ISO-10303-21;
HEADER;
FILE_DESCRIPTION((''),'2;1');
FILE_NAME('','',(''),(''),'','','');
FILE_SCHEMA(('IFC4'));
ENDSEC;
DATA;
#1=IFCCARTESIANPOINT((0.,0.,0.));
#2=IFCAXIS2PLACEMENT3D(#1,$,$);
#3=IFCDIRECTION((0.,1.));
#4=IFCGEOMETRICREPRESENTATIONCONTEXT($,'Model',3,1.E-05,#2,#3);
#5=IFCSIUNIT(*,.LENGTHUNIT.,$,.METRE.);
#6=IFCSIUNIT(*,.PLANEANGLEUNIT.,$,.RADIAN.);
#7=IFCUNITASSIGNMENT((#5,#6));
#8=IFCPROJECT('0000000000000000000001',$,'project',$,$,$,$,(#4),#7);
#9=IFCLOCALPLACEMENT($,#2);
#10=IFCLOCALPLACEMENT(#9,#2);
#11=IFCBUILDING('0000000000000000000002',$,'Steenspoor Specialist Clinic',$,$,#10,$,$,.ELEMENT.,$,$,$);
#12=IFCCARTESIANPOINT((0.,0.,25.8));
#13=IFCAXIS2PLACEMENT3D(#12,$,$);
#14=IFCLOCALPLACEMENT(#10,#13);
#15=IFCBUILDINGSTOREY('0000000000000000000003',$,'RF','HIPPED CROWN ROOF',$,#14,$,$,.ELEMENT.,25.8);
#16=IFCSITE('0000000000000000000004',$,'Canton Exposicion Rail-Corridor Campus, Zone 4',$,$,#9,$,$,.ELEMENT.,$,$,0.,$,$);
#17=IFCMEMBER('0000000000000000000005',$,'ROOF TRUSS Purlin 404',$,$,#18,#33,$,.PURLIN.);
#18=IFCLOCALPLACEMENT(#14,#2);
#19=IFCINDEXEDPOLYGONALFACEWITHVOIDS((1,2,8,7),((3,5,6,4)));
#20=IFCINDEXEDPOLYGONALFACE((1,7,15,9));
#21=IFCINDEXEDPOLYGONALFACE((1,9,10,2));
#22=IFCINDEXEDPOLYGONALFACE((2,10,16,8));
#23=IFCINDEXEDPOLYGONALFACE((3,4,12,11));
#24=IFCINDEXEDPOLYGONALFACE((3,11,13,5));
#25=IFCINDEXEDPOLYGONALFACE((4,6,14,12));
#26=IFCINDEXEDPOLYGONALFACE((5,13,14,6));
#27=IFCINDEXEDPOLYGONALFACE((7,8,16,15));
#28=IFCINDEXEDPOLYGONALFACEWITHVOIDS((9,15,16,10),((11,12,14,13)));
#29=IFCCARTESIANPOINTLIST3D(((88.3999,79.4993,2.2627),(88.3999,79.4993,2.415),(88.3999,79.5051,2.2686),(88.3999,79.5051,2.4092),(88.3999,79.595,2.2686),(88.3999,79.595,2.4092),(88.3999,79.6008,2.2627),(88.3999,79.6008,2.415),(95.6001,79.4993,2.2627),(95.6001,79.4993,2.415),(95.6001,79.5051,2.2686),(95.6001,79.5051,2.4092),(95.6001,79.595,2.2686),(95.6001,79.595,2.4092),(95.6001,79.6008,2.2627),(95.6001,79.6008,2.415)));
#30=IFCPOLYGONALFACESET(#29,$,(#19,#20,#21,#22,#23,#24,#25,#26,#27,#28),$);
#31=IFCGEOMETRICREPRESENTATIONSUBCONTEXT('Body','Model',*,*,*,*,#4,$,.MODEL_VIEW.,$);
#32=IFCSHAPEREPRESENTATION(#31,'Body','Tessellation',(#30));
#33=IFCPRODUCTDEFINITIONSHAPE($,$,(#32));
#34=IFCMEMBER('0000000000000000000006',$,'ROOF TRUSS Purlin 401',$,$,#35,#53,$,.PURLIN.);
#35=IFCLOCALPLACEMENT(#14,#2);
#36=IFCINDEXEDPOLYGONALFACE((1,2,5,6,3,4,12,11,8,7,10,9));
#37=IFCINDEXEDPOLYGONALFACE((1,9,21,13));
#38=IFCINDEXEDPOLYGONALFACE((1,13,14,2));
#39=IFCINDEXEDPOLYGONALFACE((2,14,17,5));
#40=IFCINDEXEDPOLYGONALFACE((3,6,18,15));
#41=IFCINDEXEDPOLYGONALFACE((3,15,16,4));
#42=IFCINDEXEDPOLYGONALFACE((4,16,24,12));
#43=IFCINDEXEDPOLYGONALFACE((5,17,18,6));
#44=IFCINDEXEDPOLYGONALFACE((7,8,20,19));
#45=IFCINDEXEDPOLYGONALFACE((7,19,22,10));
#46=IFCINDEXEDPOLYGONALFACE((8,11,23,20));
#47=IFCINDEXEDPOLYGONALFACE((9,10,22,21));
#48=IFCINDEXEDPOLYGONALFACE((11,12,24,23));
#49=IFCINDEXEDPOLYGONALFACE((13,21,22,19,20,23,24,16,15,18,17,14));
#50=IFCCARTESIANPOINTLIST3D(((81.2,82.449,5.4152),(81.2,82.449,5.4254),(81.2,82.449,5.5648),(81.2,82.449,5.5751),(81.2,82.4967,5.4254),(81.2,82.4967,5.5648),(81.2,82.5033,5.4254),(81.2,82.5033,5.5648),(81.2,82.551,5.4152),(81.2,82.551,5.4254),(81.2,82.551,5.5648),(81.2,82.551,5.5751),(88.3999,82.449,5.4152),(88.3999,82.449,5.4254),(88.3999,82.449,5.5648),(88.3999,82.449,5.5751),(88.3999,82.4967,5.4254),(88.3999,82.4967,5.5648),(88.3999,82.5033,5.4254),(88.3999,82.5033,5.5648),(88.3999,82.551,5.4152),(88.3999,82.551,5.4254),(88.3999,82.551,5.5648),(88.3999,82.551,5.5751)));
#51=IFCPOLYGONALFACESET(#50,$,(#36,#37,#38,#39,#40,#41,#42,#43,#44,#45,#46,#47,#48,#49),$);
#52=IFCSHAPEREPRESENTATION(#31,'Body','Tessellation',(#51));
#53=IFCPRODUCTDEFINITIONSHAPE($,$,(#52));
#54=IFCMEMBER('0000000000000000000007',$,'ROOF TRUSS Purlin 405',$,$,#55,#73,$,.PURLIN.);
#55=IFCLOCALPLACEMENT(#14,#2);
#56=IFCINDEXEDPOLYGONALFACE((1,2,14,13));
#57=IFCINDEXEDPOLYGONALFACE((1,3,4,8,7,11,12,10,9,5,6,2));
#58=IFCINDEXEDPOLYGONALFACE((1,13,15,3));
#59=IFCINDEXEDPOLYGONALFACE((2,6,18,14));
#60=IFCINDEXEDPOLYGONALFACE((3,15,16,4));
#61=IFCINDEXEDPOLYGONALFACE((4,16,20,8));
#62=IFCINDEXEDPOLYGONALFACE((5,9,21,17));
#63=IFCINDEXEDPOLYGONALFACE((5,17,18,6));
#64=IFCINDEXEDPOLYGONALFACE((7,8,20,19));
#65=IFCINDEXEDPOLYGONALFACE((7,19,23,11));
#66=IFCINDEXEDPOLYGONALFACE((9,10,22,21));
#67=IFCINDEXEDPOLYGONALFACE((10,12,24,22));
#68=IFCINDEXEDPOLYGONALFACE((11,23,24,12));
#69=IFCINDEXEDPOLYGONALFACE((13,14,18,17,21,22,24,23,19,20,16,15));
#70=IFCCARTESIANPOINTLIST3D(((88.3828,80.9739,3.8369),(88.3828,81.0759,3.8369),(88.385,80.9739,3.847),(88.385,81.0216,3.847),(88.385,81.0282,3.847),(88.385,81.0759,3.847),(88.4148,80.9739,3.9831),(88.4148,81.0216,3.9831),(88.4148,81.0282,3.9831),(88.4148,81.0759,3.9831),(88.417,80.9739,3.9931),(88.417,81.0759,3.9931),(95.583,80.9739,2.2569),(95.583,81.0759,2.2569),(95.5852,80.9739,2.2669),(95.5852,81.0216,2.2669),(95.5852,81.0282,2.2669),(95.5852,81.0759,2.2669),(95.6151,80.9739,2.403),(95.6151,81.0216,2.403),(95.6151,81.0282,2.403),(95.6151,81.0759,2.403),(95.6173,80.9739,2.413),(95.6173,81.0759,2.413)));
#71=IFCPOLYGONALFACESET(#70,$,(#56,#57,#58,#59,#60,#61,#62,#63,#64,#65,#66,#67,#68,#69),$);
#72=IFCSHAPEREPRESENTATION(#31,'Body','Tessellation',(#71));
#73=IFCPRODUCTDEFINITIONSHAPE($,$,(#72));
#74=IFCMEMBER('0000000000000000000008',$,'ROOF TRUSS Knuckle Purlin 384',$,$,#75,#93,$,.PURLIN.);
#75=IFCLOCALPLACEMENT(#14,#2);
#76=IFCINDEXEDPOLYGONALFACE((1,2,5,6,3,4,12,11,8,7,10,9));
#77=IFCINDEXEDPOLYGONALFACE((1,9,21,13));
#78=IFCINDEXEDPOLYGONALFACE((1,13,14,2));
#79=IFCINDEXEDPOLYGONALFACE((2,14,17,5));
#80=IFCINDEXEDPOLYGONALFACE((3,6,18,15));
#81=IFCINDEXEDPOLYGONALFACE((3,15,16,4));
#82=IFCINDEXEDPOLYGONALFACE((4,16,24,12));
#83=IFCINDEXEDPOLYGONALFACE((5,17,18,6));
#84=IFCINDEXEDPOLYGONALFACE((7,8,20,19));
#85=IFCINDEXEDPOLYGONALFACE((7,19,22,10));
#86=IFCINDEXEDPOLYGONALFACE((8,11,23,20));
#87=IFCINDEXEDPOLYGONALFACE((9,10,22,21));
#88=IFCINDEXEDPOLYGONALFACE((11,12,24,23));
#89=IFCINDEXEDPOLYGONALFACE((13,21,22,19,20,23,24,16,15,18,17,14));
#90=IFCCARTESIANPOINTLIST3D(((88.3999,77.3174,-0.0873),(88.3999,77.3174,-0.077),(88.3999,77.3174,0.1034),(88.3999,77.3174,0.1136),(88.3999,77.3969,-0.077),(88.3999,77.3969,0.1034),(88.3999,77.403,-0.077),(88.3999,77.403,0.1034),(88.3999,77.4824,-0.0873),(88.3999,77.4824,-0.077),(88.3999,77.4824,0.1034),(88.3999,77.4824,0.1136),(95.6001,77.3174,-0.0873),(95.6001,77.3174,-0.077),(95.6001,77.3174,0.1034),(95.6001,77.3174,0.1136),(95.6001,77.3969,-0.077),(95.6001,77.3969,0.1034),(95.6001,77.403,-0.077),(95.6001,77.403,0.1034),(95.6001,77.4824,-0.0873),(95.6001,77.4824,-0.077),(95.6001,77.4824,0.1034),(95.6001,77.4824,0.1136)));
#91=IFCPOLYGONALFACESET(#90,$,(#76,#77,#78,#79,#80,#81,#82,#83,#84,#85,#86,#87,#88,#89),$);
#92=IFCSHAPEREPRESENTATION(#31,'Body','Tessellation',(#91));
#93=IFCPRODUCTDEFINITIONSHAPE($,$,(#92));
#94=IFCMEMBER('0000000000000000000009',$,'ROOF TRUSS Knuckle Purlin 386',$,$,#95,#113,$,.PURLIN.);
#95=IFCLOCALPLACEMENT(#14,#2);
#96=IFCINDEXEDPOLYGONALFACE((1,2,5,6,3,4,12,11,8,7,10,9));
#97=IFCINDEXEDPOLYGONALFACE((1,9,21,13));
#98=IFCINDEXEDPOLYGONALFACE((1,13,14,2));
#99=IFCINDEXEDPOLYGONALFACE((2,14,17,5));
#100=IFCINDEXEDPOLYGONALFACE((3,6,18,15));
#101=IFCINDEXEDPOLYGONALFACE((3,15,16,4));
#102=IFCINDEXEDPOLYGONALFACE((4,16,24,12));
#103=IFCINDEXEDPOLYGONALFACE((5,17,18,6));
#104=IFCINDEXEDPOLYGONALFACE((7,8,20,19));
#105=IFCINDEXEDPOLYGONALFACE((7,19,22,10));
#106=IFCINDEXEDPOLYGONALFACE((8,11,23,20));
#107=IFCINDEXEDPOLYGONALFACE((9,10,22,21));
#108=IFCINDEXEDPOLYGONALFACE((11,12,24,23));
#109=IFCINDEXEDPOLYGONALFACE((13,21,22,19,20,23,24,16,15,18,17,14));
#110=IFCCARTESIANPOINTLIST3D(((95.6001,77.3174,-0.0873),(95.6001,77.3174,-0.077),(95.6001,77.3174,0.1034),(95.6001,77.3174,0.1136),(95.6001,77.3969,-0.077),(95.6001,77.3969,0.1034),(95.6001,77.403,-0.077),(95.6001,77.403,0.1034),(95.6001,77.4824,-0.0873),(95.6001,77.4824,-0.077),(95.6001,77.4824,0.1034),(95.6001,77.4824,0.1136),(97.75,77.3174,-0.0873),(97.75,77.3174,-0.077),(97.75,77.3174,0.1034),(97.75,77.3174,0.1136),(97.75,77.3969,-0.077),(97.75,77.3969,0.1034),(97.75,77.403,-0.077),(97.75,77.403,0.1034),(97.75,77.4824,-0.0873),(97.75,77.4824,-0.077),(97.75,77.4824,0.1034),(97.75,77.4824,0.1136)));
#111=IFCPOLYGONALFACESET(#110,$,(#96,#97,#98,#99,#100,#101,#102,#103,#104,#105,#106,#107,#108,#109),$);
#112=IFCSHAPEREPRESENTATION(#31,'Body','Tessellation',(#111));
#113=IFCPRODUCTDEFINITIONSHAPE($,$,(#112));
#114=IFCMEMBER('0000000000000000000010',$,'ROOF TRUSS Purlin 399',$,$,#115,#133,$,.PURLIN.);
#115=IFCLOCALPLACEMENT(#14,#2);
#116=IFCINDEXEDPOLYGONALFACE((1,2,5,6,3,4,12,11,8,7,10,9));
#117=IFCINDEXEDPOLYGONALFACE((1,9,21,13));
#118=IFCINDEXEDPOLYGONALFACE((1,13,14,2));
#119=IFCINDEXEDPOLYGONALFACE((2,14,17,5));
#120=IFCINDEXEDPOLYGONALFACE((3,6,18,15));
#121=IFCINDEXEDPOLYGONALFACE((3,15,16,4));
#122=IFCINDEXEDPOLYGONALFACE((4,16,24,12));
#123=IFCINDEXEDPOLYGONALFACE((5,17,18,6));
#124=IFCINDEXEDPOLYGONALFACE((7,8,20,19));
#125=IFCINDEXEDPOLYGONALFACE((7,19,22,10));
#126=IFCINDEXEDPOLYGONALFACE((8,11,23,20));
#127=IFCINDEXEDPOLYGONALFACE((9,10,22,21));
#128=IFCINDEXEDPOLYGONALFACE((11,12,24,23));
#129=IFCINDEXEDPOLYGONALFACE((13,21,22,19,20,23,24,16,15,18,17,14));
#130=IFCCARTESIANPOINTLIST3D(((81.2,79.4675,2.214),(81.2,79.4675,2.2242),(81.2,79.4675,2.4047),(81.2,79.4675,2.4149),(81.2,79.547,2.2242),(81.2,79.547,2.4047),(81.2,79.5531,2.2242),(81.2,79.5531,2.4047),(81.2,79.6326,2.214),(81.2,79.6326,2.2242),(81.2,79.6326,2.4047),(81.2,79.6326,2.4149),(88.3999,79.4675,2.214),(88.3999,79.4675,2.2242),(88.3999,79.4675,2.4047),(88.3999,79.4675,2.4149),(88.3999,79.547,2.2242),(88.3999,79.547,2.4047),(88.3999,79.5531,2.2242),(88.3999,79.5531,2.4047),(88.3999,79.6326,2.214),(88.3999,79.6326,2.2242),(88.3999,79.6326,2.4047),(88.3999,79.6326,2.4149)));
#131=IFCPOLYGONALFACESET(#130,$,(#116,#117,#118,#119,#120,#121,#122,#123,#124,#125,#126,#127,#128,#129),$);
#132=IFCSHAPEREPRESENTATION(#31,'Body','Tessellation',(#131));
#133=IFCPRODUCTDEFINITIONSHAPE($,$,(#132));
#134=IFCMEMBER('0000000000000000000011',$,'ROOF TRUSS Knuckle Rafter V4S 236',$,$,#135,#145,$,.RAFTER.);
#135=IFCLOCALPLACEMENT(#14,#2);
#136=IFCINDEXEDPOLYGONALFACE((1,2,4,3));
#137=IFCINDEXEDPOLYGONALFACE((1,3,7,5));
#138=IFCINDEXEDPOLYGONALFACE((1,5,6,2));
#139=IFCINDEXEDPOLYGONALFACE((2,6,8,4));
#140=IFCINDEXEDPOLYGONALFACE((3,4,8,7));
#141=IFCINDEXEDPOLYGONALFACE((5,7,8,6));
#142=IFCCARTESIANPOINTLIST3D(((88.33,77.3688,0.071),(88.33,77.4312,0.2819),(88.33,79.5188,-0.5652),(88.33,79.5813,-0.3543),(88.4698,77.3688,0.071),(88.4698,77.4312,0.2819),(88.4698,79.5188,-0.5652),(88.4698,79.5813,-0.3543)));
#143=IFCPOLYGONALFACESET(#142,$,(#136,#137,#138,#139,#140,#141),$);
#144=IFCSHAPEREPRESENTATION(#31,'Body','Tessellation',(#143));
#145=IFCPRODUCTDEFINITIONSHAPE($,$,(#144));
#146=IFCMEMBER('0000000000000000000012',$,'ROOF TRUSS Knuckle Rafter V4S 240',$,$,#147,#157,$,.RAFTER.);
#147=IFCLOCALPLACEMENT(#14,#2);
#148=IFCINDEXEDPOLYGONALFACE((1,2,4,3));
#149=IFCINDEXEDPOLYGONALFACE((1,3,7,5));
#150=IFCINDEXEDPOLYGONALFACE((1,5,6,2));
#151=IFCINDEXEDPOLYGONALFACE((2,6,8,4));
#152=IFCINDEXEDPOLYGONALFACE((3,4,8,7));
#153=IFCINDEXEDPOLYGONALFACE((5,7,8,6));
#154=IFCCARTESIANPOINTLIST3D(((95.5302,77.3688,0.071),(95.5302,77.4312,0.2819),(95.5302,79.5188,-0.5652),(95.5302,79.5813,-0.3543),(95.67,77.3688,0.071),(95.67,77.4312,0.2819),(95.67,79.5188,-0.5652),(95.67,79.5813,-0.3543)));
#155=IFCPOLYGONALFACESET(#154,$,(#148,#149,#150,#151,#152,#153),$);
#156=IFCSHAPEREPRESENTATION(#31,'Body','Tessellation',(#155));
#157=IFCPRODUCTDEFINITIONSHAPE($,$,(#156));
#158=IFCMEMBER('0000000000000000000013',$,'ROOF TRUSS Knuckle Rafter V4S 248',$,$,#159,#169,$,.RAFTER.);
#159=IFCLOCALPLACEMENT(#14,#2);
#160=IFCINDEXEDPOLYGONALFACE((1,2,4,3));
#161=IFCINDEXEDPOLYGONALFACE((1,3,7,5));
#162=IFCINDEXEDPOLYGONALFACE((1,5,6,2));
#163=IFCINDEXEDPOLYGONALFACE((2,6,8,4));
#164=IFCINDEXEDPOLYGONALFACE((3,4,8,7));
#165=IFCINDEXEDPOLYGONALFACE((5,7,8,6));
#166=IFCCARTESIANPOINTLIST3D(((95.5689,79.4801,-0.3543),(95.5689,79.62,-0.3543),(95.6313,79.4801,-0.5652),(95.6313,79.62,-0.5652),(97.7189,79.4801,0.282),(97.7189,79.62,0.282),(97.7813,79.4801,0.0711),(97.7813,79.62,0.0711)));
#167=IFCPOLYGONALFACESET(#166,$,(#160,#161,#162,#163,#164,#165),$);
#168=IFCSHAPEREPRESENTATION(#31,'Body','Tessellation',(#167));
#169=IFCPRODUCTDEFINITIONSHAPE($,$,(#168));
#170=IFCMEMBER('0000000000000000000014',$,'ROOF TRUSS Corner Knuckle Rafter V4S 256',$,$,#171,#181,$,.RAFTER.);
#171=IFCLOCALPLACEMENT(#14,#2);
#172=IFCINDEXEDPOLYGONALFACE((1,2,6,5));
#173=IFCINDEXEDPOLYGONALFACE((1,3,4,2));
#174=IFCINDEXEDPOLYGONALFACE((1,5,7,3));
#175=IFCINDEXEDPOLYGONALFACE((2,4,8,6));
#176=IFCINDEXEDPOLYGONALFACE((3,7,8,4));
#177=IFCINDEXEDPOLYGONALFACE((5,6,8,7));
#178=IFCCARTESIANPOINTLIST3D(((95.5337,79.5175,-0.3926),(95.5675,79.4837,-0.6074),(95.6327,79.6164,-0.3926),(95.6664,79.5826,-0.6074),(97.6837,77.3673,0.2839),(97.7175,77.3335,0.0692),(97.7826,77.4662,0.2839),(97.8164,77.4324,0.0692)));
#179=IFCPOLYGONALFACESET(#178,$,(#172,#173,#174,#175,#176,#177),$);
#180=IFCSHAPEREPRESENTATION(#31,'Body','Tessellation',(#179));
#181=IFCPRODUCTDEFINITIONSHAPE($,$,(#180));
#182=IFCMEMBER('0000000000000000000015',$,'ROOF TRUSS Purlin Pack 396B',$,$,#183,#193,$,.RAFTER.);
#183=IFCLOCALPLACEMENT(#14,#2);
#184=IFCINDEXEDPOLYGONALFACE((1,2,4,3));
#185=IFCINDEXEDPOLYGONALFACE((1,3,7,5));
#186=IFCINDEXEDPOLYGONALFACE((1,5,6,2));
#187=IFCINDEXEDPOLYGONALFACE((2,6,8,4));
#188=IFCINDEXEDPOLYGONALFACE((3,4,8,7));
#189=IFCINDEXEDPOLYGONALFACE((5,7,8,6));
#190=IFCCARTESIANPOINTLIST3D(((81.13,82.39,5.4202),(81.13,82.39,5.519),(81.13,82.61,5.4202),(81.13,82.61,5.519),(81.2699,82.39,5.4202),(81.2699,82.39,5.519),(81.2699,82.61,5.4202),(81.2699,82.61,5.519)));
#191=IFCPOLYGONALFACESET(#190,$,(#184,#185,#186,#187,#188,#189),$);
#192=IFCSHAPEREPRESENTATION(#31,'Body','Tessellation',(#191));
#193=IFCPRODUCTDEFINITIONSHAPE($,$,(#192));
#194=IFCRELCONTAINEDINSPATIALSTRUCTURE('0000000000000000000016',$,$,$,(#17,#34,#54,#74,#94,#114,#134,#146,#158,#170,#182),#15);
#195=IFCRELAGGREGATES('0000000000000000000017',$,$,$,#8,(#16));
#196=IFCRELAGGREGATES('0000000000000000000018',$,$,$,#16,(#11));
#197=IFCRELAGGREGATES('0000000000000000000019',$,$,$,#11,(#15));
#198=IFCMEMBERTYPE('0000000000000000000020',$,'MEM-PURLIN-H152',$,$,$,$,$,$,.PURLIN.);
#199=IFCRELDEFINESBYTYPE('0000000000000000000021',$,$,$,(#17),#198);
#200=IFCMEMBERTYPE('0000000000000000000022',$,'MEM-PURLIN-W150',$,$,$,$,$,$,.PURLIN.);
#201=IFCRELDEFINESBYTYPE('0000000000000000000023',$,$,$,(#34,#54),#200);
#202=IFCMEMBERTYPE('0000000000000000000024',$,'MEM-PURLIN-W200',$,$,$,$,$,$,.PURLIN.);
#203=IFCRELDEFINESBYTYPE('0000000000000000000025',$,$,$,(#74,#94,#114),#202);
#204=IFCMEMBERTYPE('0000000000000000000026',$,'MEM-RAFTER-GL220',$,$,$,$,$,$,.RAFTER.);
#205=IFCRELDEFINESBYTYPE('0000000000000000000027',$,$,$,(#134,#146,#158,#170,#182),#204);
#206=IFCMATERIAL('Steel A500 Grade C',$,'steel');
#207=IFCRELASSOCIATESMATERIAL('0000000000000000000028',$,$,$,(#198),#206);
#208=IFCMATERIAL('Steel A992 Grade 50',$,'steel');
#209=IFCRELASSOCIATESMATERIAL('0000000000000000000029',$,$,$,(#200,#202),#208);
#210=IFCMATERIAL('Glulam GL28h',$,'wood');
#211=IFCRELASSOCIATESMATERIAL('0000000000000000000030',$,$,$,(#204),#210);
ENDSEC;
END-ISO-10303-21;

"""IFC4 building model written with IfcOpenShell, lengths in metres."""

from ifc_helpers import new_model, si_unit, direction, frame, origin, origin_2d, place, context, subcontext, project, spatial, rectangle, hollow_rectangle, i_section, extrude, material, material_profile, profile_set, type_object, element, save


model = new_model("IFC4")

# Units and contexts
model_context = context("Model", 3, precision=1e-05, world=origin(), true_north=direction((0.0, 1.0)))
body_context = subcontext(model_context, "Body", "Model", "MODEL_VIEW")
ifc_project = project(units=[si_unit("LENGTHUNIT", "METRE"), si_unit("PLANEANGLEUNIT", "RADIAN")], contexts=[model_context])

# Site, building, storey
site_placement = place(None, origin())
site = spatial("IfcSite", under=ifc_project, at=site_placement, Name="Canton Exposicion Rail-Corridor Campus, Zone 4", CompositionType="ELEMENT", RefElevation=0.0)
building_placement = place(site_placement, origin())
building = spatial("IfcBuilding", under=site, at=building_placement, Name="Steenspoor Specialist Clinic", CompositionType="ELEMENT")
storey_placement = place(building_placement, frame((0.0, 0.0, 25.8)))
storey = spatial("IfcBuildingStorey", under=building, at=storey_placement, Name="RF", Description="HIPPED CROWN ROOF", CompositionType="ELEMENT", Elevation=25.8)

# Shared definitions
ifc_material_1 = material(Name="Steel A992 Grade 50", Category="steel")

# Members
ifc_material_2 = material(Name="Steel A500 Grade C", Category="steel")
ifc_material_profile_1 = material_profile(ifc_material_2, hollow_rectangle(XDim=0.1016, YDim=0.1523, WallThickness=0.0059, at=origin_2d()), Name="HSS152X102X6.4")
ifc_profile_set_1 = profile_set([ifc_material_profile_1], Name="Steel A500 Grade C")
member_type_1 = type_object("IfcMemberType", Name="MEM-PURLIN-H152", PredefinedType="PURLIN", material=ifc_profile_set_1)
member_1_placement = place(storey_placement, frame((88.3999, 79.55, 2.3389), z_axis=(1.0, 0.0, 0.0), x_axis=(0.0, 1.0, 0.0)))
element("IfcMember", 1, at=member_1_placement, inside=storey, type_object=member_type_1, Name="ROOF TRUSS Purlin 404", PredefinedType="PURLIN", context=body_context, shape_type="SweptSolid", body=[
    extrude(hollow_rectangle(XDim=0.1016, YDim=0.1523, WallThickness=0.0059, at=origin_2d()), origin(), (0.0, 0.0, 1.0), 7.2002),
])
ifc_material_profile_2 = material_profile(ifc_material_1, i_section(OverallWidth=0.1021, OverallDepth=0.1599, WebThickness=0.0066, FlangeThickness=0.0103, at=origin_2d()), Name="W150X24")
ifc_profile_set_2 = profile_set([ifc_material_profile_2], Name="Steel A992 Grade 50")
member_type_2 = type_object("IfcMemberType", Name="MEM-PURLIN-W150", PredefinedType="PURLIN", material=ifc_profile_set_2)
member_2_placement = place(storey_placement, frame((81.2, 82.5, 5.4951), z_axis=(1.0, 0.0, 0.0), x_axis=(0.0, 1.0, 0.0)))
element("IfcMember", 2, at=member_2_placement, inside=storey, type_object=member_type_2, Name="ROOF TRUSS Purlin 401", PredefinedType="PURLIN", context=body_context, shape_type="SweptSolid", body=[
    extrude(i_section(OverallWidth=0.1021, OverallDepth=0.1599, WebThickness=0.0066, FlangeThickness=0.0103, at=origin_2d()), origin(), (0.0, 0.0, 1.0), 7.2),
])
member_3_placement = place(storey_placement, frame((88.3999, 81.0249, 3.915), z_axis=(0.976757, 0.0, -0.214349), x_axis=(0.0, 1.0, 0.0)))
element("IfcMember", 3, at=member_3_placement, inside=storey, type_object=member_type_2, Name="ROOF TRUSS Purlin 405", PredefinedType="PURLIN", context=body_context, shape_type="SweptSolid", body=[
    extrude(i_section(OverallWidth=0.1021, OverallDepth=0.1599, WebThickness=0.0066, FlangeThickness=0.0103, at=origin_2d()), origin(), (0.0, 0.0, 1.0), 7.3716),
])
ifc_material_profile_3 = material_profile(ifc_material_1, i_section(OverallWidth=0.165, OverallDepth=0.2009, WebThickness=0.0061, FlangeThickness=0.0103, at=origin_2d()), Name="W200X36")
ifc_profile_set_3 = profile_set([ifc_material_profile_3], Name="Steel A992 Grade 50")
member_type_3 = type_object("IfcMemberType", Name="MEM-PURLIN-W200", PredefinedType="PURLIN", material=ifc_profile_set_3)
member_4_placement = place(storey_placement, frame((88.3999, 77.3999, 0.0132), z_axis=(1.0, 0.0, 0.0), x_axis=(0.0, 1.0, 0.0)))
element("IfcMember", 4, at=member_4_placement, inside=storey, type_object=member_type_3, Name="ROOF TRUSS Knuckle Purlin 384", PredefinedType="PURLIN", context=body_context, shape_type="SweptSolid", body=[
    extrude(i_section(OverallWidth=0.165, OverallDepth=0.2009, WebThickness=0.0061, FlangeThickness=0.0103, at=origin_2d()), origin(), (0.0, 0.0, 1.0), 7.2002),
])
member_5_placement = place(storey_placement, frame((95.6001, 77.3999, 0.0132), z_axis=(1.0, 0.0, 0.0), x_axis=(0.0, 1.0, 0.0)))
element("IfcMember", 5, at=member_5_placement, inside=storey, type_object=member_type_3, Name="ROOF TRUSS Knuckle Purlin 386", PredefinedType="PURLIN", context=body_context, shape_type="SweptSolid", body=[
    extrude(i_section(OverallWidth=0.165, OverallDepth=0.2009, WebThickness=0.0061, FlangeThickness=0.0103, at=origin_2d()), origin(), (0.0, 0.0, 1.0), 2.1499),
])
member_6_placement = place(storey_placement, frame((81.2, 79.55, 2.3145), z_axis=(1.0, 0.0, 0.0), x_axis=(0.0, 1.0, 0.0)))
element("IfcMember", 6, at=member_6_placement, inside=storey, type_object=member_type_3, Name="ROOF TRUSS Purlin 399", PredefinedType="PURLIN", context=body_context, shape_type="SweptSolid", body=[
    extrude(i_section(OverallWidth=0.165, OverallDepth=0.2009, WebThickness=0.0061, FlangeThickness=0.0103, at=origin_2d()), origin(), (0.0, 0.0, 1.0), 7.2),
])
ifc_material_3 = material(Name="Glulam GL28h", Category="wood")
ifc_material_profile_4 = material_profile(ifc_material_3, rectangle(XDim=0.1399, YDim=0.22, at=origin_2d()), Name="GL28H-140X220")
ifc_profile_set_4 = profile_set([ifc_material_profile_4], Name="Glulam GL28h")
member_type_4 = type_object("IfcMemberType", Name="MEM-RAFTER-GL220", PredefinedType="RAFTER", material=ifc_profile_set_4)
for number, where, z_axis, x_axis, name in (
    (7, (88.3999, 79.55, -0.4597), (0.0, -0.958901, 0.28374), (1.0, 0.0, 0.0), "ROOF TRUSS Knuckle Rafter V4S 236"),
    (8, (95.6001, 79.55, -0.4597), (0.0, -0.958901, 0.28374), (1.0, 0.0, 0.0), "ROOF TRUSS Knuckle Rafter V4S 240"),
    (9, (95.6001, 79.55, -0.4597), (0.958893, 0.0, 0.283769), (0.0, 1.0, 0.0), "ROOF TRUSS Knuckle Rafter V4S 248"),
):
    element("IfcMember", number, at=place(storey_placement, frame(where, z_axis=z_axis, x_axis=x_axis)), inside=storey, type_object=member_type_4, Name=name, PredefinedType="RAFTER", context=body_context, shape_type="SweptSolid", body=[
        extrude(rectangle(XDim=0.1399, YDim=0.22, at=origin_2d()), origin(), (0.0, 0.0, 1.0), 2.2422),
    ])
member_7_placement = place(storey_placement, frame((95.6001, 79.55, -0.5), z_axis=(0.69019, -0.690268, 0.217183), x_axis=(0.707147, 0.707067, 0.0)))
element("IfcMember", 10, at=member_7_placement, inside=storey, type_object=member_type_4, Name="ROOF TRUSS Corner Knuckle Rafter V4S 256", PredefinedType="RAFTER", context=body_context, shape_type="SweptSolid", body=[
    extrude(rectangle(XDim=0.1399, YDim=0.22, at=origin_2d()), origin(), (0.0, 0.0, 1.0), 3.115),
])
member_8_placement = place(storey_placement, frame((81.2, 82.5, 5.4202), z_axis=(0.0, 0.0, 1.0), x_axis=(1.0, 0.0, 0.0)))
element("IfcMember", 11, at=member_8_placement, inside=storey, type_object=member_type_4, Name="ROOF TRUSS Purlin Pack 396B", PredefinedType="RAFTER", context=body_context, shape_type="SweptSolid", body=[
    extrude(rectangle(XDim=0.1399, YDim=0.22, at=origin_2d()), origin(), (0.0, 0.0, 1.0), 0.0989),
])

save(model, "model.ifc")
